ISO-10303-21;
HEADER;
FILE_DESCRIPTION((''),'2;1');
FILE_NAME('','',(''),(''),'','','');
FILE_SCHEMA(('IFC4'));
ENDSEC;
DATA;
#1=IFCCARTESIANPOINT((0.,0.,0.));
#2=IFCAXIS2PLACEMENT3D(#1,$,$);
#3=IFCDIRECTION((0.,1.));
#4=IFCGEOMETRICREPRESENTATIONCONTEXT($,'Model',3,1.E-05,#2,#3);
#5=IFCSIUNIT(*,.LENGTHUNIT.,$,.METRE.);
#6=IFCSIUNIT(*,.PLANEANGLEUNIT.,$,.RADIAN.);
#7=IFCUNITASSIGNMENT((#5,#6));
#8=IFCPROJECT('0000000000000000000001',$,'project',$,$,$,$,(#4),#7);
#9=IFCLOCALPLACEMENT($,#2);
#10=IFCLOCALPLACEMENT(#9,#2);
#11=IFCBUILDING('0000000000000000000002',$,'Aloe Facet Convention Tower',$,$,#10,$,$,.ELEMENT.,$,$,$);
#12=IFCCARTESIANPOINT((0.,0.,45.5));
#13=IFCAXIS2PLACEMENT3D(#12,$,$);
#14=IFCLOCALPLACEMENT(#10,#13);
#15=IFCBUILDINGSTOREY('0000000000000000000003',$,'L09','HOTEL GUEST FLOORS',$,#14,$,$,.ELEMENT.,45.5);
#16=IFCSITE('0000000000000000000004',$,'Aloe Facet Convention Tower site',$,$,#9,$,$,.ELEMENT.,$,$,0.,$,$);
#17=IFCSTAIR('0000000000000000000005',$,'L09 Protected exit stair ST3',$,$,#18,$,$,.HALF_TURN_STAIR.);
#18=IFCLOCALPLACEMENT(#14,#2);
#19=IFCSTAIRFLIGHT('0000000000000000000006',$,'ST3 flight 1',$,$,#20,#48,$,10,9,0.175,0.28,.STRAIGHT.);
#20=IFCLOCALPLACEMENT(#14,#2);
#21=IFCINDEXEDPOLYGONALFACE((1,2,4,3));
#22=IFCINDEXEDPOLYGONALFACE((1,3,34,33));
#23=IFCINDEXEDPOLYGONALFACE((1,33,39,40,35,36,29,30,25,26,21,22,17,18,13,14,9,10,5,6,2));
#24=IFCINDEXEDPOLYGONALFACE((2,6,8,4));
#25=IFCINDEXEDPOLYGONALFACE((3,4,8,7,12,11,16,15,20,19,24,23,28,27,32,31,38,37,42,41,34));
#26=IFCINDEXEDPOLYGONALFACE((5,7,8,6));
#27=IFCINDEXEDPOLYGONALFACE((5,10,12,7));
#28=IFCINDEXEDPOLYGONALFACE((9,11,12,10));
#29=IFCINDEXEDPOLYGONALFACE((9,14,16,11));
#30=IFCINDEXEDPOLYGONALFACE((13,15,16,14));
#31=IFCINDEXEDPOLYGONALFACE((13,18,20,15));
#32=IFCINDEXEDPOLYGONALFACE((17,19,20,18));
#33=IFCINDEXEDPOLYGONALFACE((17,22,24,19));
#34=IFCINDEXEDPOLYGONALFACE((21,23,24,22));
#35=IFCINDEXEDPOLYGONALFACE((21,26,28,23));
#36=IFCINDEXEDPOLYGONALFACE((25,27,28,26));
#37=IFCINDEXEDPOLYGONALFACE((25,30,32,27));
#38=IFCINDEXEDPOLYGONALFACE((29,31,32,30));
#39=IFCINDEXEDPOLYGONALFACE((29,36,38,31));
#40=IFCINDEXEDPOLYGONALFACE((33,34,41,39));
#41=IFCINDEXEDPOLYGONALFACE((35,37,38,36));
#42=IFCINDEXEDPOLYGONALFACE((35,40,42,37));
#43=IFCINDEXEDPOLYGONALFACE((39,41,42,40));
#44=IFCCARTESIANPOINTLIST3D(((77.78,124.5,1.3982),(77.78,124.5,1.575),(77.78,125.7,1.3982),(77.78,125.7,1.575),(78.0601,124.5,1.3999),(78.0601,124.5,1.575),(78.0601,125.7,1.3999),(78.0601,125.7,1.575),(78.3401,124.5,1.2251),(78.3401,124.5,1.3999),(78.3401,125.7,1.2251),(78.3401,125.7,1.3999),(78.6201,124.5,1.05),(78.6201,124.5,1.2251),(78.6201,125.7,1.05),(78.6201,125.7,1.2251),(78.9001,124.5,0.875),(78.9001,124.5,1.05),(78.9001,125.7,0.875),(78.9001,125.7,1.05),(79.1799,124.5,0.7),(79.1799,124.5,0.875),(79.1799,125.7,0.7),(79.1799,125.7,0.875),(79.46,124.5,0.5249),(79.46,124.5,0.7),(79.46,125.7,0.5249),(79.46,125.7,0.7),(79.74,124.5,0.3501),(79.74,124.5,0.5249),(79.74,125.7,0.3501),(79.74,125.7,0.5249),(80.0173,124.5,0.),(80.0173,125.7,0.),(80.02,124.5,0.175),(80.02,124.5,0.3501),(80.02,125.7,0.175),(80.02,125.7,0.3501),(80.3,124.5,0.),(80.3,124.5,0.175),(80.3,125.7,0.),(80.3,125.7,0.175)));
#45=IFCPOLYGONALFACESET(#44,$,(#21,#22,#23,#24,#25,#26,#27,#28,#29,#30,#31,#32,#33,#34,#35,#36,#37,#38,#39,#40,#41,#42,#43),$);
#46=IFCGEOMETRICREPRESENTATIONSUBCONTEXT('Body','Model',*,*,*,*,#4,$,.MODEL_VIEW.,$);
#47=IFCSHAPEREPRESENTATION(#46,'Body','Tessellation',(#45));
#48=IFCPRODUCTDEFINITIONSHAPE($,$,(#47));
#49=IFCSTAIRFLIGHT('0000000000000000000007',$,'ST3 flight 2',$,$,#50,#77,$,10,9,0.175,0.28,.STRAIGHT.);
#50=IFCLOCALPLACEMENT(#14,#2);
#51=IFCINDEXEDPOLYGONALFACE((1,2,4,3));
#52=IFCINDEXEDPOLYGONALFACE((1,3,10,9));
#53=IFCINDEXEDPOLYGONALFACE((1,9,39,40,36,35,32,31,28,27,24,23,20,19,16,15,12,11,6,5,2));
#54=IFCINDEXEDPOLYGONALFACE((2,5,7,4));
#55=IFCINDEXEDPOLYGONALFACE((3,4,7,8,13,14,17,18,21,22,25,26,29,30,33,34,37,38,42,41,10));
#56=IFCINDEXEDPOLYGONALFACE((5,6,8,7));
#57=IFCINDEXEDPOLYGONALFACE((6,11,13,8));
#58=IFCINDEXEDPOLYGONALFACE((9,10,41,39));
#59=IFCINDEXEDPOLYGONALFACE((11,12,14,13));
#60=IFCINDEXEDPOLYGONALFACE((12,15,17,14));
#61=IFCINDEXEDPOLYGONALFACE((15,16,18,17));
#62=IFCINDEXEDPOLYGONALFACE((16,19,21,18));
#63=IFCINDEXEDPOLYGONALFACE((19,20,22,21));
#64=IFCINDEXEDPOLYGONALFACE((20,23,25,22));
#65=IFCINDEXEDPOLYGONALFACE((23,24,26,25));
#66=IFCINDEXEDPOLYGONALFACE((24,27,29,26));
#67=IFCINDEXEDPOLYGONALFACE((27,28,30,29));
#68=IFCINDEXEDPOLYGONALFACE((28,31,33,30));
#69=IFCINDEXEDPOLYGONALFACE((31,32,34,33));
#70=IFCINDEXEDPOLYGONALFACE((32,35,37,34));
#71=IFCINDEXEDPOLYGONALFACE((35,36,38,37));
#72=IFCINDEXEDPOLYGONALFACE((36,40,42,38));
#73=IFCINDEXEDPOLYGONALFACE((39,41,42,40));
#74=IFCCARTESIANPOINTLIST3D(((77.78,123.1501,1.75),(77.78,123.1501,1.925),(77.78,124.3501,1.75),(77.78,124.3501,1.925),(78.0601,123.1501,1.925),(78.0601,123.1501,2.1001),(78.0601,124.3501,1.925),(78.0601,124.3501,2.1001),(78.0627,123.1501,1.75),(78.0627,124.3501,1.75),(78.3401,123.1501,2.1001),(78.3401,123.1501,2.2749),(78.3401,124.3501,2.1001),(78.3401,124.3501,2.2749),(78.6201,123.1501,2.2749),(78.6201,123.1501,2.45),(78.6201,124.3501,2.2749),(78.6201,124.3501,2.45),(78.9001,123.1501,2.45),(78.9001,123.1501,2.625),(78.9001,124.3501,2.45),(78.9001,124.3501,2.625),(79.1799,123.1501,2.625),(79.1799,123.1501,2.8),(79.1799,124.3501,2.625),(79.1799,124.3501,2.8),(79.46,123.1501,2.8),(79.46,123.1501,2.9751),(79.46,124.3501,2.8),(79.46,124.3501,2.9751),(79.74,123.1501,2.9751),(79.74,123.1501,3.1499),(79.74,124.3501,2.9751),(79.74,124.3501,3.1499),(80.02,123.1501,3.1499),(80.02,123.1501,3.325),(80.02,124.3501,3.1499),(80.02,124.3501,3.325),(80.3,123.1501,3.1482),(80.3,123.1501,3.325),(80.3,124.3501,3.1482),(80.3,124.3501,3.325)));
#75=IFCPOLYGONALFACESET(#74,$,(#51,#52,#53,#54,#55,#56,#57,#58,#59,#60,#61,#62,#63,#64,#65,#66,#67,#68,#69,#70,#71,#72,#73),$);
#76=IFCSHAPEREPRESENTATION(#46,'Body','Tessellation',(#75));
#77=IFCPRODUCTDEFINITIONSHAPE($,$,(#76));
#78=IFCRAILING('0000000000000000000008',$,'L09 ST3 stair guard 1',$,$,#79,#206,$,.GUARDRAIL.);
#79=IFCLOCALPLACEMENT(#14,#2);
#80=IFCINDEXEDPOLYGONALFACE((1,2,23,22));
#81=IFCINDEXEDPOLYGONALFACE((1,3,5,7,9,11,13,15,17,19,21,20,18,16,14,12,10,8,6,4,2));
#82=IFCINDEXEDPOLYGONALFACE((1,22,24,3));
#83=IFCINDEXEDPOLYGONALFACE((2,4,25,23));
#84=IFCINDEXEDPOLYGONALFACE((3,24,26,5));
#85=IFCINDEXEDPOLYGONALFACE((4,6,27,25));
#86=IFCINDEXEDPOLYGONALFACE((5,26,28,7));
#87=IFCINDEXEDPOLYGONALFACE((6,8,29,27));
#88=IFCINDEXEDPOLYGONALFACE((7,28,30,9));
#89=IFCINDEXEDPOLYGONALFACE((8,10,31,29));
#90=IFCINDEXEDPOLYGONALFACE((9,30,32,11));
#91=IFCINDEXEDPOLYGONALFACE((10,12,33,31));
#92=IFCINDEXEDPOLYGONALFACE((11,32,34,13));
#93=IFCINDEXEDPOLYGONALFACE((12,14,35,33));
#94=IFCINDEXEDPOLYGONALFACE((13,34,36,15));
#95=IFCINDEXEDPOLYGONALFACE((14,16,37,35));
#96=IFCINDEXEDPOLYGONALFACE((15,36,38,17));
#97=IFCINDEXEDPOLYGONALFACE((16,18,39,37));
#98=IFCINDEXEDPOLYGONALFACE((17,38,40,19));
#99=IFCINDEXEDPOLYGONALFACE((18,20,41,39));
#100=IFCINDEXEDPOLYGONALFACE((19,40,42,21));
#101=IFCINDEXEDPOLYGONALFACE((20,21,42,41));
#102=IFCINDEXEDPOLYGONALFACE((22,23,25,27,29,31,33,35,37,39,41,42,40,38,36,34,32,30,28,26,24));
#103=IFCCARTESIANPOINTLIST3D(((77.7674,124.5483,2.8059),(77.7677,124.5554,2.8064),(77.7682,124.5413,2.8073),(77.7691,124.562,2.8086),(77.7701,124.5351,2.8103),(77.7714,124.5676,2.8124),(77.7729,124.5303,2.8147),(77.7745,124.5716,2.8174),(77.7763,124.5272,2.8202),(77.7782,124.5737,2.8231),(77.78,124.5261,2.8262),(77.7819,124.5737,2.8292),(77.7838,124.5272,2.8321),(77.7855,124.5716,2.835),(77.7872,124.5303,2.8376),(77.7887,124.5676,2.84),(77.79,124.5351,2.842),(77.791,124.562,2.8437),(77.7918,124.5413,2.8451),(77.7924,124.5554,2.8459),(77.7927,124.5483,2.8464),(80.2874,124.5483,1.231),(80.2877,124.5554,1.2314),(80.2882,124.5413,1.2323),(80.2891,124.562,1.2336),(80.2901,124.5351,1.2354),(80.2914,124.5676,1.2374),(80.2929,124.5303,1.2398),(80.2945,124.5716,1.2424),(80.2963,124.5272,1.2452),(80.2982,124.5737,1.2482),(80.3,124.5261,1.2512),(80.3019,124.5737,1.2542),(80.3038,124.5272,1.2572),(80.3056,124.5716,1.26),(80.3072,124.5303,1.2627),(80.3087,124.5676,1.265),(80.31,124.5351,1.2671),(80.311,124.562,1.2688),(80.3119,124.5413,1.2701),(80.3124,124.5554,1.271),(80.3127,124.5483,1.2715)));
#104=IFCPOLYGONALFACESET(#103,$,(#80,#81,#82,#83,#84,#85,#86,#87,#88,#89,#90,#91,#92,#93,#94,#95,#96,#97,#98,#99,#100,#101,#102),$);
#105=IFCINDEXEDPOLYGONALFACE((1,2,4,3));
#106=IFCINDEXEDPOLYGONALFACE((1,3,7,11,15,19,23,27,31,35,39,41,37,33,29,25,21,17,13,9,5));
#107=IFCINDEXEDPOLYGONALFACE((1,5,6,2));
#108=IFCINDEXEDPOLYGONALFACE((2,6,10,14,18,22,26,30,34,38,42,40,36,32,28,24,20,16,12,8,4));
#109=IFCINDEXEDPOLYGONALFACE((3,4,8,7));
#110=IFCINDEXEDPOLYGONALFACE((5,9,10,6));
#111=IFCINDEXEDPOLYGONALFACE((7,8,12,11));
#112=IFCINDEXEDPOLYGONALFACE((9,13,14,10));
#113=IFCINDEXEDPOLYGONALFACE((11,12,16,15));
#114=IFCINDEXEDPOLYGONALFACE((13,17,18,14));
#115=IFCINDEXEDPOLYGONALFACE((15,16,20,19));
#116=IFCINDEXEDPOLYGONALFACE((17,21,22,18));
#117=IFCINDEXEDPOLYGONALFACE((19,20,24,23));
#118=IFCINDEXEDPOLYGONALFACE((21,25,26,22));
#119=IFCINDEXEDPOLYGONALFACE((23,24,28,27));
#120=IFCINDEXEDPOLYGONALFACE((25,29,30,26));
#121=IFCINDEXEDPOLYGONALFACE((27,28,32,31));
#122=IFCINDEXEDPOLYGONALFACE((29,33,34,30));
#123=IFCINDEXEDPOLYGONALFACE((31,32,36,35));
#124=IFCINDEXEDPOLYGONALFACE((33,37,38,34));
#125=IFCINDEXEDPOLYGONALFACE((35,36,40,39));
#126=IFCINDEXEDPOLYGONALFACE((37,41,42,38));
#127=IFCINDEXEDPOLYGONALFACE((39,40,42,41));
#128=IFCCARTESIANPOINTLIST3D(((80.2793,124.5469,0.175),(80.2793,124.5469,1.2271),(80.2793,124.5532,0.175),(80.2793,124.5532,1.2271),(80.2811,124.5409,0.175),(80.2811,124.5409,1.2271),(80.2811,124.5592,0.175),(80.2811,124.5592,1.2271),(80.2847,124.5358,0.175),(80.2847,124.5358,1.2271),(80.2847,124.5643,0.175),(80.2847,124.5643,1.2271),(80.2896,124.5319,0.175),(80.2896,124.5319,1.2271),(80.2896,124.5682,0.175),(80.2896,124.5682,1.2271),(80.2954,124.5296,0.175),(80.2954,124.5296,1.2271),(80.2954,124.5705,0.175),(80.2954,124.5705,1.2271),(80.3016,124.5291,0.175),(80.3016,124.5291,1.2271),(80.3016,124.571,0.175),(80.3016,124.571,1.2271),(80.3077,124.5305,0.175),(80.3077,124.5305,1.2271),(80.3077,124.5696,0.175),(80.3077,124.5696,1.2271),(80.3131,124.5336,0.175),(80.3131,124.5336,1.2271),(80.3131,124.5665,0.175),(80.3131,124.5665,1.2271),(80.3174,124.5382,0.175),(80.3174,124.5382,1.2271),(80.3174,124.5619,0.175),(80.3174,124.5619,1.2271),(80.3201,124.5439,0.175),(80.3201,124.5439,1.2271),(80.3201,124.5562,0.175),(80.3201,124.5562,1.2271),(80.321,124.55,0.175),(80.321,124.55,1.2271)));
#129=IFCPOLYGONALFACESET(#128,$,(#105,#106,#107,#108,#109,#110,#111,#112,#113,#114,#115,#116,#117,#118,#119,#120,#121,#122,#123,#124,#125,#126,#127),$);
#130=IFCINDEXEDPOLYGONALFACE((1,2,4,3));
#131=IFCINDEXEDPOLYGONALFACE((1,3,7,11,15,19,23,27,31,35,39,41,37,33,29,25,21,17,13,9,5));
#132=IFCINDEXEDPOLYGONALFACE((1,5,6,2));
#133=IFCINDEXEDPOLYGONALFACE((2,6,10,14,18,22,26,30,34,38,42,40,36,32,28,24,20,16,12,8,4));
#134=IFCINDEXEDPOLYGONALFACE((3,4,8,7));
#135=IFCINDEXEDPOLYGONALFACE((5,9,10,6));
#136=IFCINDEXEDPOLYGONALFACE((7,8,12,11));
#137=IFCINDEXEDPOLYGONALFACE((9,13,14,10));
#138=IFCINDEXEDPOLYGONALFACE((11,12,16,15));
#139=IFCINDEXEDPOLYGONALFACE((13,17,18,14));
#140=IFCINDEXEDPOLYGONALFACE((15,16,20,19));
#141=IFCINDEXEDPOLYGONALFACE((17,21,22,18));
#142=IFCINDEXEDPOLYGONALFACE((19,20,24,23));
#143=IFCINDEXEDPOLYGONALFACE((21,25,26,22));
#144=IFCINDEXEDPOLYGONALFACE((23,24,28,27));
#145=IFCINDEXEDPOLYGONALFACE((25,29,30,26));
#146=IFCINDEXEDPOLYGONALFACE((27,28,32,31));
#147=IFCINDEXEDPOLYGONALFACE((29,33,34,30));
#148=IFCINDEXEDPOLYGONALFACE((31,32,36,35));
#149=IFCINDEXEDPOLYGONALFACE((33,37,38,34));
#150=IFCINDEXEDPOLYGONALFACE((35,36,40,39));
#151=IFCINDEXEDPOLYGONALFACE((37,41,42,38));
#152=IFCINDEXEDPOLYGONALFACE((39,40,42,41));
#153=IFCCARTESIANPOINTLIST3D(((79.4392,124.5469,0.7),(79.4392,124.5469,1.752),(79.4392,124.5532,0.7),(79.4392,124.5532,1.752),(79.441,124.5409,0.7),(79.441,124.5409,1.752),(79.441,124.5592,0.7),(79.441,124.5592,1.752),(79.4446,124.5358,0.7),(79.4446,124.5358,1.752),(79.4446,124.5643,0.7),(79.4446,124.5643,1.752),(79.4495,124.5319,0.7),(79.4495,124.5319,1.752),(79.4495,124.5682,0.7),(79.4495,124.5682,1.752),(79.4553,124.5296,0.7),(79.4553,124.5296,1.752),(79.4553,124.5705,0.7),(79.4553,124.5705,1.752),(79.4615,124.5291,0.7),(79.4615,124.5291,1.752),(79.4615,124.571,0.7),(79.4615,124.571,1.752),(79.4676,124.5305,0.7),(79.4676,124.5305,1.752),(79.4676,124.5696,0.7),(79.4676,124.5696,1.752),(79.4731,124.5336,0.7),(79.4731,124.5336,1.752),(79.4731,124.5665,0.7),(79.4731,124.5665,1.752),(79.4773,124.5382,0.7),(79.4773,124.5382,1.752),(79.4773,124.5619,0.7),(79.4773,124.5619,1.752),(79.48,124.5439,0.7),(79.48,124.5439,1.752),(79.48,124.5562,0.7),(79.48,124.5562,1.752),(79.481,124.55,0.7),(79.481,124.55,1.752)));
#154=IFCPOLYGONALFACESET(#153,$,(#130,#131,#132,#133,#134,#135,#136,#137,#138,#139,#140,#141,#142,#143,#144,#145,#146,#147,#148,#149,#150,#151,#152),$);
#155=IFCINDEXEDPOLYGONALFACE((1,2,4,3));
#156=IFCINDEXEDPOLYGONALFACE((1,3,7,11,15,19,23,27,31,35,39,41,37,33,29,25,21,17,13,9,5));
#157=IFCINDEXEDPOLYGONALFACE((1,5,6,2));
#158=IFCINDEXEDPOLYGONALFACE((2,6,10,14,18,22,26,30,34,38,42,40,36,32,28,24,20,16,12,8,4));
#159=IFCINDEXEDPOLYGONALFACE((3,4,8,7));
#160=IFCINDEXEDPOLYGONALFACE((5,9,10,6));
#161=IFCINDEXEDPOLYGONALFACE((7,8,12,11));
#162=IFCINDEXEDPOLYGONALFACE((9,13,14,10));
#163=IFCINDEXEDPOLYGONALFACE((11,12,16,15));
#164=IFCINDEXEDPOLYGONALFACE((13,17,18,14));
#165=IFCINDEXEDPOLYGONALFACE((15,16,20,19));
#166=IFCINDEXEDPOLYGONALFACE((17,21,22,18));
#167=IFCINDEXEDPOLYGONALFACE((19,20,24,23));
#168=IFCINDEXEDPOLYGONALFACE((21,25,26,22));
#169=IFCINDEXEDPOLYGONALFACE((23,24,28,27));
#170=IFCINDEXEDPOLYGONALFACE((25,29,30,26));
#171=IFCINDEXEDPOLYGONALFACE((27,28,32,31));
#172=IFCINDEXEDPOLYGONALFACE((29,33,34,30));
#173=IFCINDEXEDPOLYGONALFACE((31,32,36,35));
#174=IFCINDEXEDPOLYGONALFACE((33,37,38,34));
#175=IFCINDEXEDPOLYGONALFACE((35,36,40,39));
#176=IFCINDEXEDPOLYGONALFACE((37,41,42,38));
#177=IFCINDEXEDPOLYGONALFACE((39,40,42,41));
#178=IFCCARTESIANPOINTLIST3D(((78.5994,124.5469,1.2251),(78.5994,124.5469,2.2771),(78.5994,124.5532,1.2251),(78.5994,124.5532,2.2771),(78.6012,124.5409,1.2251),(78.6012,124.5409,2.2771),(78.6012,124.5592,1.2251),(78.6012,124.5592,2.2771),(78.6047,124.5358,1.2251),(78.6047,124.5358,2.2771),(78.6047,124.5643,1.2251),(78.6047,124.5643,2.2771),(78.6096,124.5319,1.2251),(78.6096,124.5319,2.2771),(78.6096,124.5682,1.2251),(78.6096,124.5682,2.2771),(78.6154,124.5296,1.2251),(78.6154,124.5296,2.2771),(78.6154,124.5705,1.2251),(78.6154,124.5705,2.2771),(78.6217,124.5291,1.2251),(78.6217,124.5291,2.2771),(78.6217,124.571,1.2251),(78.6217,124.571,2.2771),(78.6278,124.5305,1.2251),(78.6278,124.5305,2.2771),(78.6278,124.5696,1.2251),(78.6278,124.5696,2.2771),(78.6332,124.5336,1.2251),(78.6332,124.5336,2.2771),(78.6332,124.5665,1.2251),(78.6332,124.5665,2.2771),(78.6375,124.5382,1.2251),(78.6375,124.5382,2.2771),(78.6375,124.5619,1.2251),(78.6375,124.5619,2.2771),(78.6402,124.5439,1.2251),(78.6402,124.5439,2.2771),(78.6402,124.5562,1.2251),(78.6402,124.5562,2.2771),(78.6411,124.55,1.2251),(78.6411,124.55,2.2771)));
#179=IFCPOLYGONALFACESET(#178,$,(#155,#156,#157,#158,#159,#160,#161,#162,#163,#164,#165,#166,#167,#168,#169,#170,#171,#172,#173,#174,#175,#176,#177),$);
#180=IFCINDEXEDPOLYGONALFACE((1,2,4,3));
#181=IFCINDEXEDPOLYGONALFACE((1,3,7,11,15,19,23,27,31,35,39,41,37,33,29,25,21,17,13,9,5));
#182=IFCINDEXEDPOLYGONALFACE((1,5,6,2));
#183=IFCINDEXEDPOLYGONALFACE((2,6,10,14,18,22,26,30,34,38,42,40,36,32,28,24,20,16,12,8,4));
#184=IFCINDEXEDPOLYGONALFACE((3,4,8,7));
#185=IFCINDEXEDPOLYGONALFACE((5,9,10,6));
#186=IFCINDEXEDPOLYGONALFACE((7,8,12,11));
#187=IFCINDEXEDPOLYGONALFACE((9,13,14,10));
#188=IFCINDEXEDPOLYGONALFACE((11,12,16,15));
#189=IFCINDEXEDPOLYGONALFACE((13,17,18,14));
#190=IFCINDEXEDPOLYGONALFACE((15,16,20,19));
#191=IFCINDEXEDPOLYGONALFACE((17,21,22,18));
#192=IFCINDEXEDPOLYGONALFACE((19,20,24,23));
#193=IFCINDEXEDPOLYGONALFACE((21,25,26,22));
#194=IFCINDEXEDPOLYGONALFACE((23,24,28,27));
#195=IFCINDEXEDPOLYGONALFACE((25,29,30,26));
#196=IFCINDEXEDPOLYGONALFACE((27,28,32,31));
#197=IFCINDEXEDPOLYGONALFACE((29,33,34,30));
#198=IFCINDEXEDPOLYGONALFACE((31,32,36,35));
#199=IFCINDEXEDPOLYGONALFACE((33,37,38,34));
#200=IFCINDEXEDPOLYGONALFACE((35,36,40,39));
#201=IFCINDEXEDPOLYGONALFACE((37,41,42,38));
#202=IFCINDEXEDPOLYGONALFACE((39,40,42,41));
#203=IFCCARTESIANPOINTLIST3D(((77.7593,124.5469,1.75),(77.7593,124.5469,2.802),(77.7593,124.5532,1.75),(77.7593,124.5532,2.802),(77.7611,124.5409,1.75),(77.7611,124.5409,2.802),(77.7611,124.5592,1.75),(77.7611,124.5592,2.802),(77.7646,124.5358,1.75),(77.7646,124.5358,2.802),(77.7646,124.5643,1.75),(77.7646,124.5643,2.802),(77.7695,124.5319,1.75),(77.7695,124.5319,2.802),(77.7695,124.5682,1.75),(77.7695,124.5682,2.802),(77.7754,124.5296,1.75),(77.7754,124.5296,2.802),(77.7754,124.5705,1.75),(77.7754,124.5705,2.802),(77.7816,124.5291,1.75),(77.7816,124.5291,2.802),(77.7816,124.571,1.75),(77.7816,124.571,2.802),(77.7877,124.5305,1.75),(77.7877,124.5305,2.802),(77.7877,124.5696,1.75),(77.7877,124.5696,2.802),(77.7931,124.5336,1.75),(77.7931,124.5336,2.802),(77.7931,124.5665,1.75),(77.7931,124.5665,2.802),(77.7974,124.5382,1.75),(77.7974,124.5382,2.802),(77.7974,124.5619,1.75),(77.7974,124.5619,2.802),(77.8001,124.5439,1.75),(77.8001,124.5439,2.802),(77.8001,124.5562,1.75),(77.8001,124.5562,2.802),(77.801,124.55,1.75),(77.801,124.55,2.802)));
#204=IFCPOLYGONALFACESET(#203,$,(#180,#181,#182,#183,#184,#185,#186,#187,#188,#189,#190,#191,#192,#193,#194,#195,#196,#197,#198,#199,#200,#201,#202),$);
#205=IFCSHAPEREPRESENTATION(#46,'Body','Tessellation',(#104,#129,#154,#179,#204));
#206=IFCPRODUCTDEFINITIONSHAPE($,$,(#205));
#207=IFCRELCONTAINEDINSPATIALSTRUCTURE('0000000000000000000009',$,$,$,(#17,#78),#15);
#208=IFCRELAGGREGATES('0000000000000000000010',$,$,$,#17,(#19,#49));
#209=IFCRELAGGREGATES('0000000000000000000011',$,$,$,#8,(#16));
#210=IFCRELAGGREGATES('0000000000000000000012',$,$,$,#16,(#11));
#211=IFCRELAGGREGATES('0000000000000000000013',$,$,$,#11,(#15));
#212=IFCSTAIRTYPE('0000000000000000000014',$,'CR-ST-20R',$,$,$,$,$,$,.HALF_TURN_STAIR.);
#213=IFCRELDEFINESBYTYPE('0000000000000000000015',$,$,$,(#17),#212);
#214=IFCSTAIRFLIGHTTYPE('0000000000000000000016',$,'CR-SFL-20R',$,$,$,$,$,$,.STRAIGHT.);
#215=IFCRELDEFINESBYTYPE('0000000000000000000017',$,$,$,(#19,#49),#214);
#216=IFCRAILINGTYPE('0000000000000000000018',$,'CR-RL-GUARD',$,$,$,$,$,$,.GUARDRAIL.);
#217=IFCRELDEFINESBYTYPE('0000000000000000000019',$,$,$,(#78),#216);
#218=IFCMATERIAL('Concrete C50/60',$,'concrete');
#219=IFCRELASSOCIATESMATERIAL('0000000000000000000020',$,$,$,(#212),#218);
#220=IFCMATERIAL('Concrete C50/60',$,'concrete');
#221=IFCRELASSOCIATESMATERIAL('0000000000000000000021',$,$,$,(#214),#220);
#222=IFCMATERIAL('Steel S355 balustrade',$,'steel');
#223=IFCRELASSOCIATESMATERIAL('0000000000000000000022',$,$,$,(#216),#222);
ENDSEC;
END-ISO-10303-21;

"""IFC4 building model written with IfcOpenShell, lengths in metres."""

from ifc_helpers import new_model, si_unit, direction, frame, origin, origin_2d, place, context, subcontext, project, spatial, polyline, circle, outline, extrude, material, type_object, element, aggregate, save


model = new_model("IFC4")

# Units and contexts
model_context = context("Model", 3, precision=1e-05, world=origin(), true_north=direction((0.0, 1.0)))
body_context = subcontext(model_context, "Body", "Model", "MODEL_VIEW")
ifc_project = project(units=[si_unit("LENGTHUNIT", "METRE"), si_unit("PLANEANGLEUNIT", "RADIAN")], contexts=[model_context])

# Site, building, storey
site_placement = place(None, origin())
site = spatial("IfcSite", under=ifc_project, at=site_placement, Name="Aloe Facet Convention Tower site", CompositionType="ELEMENT", RefElevation=0.0)
building_placement = place(site_placement, origin())
building = spatial("IfcBuilding", under=site, at=building_placement, Name="Aloe Facet Convention Tower", CompositionType="ELEMENT")
storey_placement = place(building_placement, frame((0.0, 0.0, 45.5)))
storey = spatial("IfcBuildingStorey", under=building, at=storey_placement, Name="L09", Description="HOTEL GUEST FLOORS", CompositionType="ELEMENT", Elevation=45.5)

# Stair, stair flights
ifc_material_1 = material(Name="Concrete C50/60", Category="concrete")
stair_type = type_object("IfcStairType", Name="CR-ST-20R", PredefinedType="HALF_TURN_STAIR", material=ifc_material_1)
stair_placement = place(storey_placement, origin())
stair = element("IfcStair", 1, at=stair_placement, inside=storey, type_object=stair_type, Name="L09 Protected exit stair ST3", PredefinedType="HALF_TURN_STAIR")
ifc_material_2 = material(Name="Concrete C50/60", Category="concrete")
stair_flight_type = type_object("IfcStairFlightType", Name="CR-SFL-20R", PredefinedType="STRAIGHT", material=ifc_material_2)
stair_flight_1_placement = place(storey_placement, frame((80.3, 125.1001, 0.0), z_axis=(0.0, 0.0, 1.0), x_axis=(-1.0, 0.0, 0.0)))
stair_flight_1 = element("IfcStairFlight", 2, at=stair_flight_1_placement, type_object=stair_flight_type, Name="ST3 flight 1", NumberOfRisers=10, NumberOfTreads=9, PredefinedType="STRAIGHT", RiserHeight=0.175, TreadLength=0.28, context=body_context, shape_type="SweptSolid", body=[
    extrude(outline(polyline([(0.0, 0.0), (0.0, 0.175), (0.28, 0.175), (0.28, 0.3501), (0.5601, 0.3501), (0.5601, 0.5249), (0.8401, 0.5249), (0.8401, 0.7), (1.1201, 0.7), (1.1201, 0.875), (1.3999, 0.875), (1.3999, 1.05), (1.6799, 1.05), (1.6799, 1.2251), (1.96, 1.2251), (1.96, 1.3999), (2.24, 1.3999), (2.24, 1.575), (2.52, 1.575), (2.52, 1.75), (2.52, 1.3982), (0.2827, 0.0), (0.0, 0.0)])), frame((0.0, 0.6001, 0.0), z_axis=(0.0, -1.0, 0.0), x_axis=(1.0, 0.0, 0.0)), (0.0, 0.0, 1.0), 1.2),
])
stair_flight_2_placement = place(storey_placement, frame((77.78, 123.75, 1.75), z_axis=(0.0, 0.0, 1.0), x_axis=(1.0, 0.0, 0.0)))
stair_flight_2 = element("IfcStairFlight", 3, at=stair_flight_2_placement, type_object=stair_flight_type, Name="ST3 flight 2", NumberOfRisers=10, NumberOfTreads=9, PredefinedType="STRAIGHT", RiserHeight=0.175, TreadLength=0.28, context=body_context, shape_type="SweptSolid", body=[
    extrude(outline(polyline([(0.0, 0.0), (0.0, 0.175), (0.28, 0.175), (0.28, 0.3501), (0.5601, 0.3501), (0.5601, 0.5249), (0.8401, 0.5249), (0.8401, 0.7), (1.1201, 0.7), (1.1201, 0.875), (1.3999, 0.875), (1.3999, 1.05), (1.6799, 1.05), (1.6799, 1.2251), (1.96, 1.2251), (1.96, 1.3999), (2.24, 1.3999), (2.24, 1.575), (2.52, 1.575), (2.52, 1.75), (2.52, 1.3982), (0.2827, 0.0), (0.0, 0.0)])), frame((0.0, 0.6001, 0.0), z_axis=(0.0, -1.0, 0.0), x_axis=(1.0, 0.0, 0.0)), (0.0, 0.0, 1.0), 1.2),
])
aggregate(stair, [stair_flight_1, stair_flight_2])

# Railing
ifc_material_3 = material(Name="Steel S355 balustrade", Category="steel")
railing_type_1 = type_object("IfcRailingType", Name="CR-RL-GUARD", PredefinedType="GUARDRAIL", material=ifc_material_3)
railing_1_placement = place(storey_placement, frame((80.3, 124.55, 0.175)))
element("IfcRailing", 4, at=railing_1_placement, inside=storey, type_object=railing_type_1, Name="L09 ST3 stair guard 1", PredefinedType="GUARDRAIL", context=body_context, shape_type="SweptSolid", body=[
    extrude(circle(Radius=0.0239, at=origin_2d()), frame((0.0, 0.0, 1.0762), z_axis=(-0.848008, 0.0, 0.529984), x_axis=(0.0, -1.0, 0.0)), (0.0, 0.0, 1.0), 2.9717),
    extrude(circle(Radius=0.021, at=origin_2d()), origin(), (0.0, 0.0, 1.0), 1.052),
    extrude(circle(Radius=0.021, at=origin_2d()), frame((-0.8401, 0.0, 0.5249)), (0.0, 0.0, 1.0), 1.052),
    extrude(circle(Radius=0.021, at=origin_2d()), frame((-1.6799, 0.0, 1.05)), (0.0, 0.0, 1.0), 1.052),
    extrude(circle(Radius=0.021, at=origin_2d()), frame((-2.52, 0.0, 1.575)), (0.0, 0.0, 1.0), 1.052),
])

save(model, "model.ifc")
